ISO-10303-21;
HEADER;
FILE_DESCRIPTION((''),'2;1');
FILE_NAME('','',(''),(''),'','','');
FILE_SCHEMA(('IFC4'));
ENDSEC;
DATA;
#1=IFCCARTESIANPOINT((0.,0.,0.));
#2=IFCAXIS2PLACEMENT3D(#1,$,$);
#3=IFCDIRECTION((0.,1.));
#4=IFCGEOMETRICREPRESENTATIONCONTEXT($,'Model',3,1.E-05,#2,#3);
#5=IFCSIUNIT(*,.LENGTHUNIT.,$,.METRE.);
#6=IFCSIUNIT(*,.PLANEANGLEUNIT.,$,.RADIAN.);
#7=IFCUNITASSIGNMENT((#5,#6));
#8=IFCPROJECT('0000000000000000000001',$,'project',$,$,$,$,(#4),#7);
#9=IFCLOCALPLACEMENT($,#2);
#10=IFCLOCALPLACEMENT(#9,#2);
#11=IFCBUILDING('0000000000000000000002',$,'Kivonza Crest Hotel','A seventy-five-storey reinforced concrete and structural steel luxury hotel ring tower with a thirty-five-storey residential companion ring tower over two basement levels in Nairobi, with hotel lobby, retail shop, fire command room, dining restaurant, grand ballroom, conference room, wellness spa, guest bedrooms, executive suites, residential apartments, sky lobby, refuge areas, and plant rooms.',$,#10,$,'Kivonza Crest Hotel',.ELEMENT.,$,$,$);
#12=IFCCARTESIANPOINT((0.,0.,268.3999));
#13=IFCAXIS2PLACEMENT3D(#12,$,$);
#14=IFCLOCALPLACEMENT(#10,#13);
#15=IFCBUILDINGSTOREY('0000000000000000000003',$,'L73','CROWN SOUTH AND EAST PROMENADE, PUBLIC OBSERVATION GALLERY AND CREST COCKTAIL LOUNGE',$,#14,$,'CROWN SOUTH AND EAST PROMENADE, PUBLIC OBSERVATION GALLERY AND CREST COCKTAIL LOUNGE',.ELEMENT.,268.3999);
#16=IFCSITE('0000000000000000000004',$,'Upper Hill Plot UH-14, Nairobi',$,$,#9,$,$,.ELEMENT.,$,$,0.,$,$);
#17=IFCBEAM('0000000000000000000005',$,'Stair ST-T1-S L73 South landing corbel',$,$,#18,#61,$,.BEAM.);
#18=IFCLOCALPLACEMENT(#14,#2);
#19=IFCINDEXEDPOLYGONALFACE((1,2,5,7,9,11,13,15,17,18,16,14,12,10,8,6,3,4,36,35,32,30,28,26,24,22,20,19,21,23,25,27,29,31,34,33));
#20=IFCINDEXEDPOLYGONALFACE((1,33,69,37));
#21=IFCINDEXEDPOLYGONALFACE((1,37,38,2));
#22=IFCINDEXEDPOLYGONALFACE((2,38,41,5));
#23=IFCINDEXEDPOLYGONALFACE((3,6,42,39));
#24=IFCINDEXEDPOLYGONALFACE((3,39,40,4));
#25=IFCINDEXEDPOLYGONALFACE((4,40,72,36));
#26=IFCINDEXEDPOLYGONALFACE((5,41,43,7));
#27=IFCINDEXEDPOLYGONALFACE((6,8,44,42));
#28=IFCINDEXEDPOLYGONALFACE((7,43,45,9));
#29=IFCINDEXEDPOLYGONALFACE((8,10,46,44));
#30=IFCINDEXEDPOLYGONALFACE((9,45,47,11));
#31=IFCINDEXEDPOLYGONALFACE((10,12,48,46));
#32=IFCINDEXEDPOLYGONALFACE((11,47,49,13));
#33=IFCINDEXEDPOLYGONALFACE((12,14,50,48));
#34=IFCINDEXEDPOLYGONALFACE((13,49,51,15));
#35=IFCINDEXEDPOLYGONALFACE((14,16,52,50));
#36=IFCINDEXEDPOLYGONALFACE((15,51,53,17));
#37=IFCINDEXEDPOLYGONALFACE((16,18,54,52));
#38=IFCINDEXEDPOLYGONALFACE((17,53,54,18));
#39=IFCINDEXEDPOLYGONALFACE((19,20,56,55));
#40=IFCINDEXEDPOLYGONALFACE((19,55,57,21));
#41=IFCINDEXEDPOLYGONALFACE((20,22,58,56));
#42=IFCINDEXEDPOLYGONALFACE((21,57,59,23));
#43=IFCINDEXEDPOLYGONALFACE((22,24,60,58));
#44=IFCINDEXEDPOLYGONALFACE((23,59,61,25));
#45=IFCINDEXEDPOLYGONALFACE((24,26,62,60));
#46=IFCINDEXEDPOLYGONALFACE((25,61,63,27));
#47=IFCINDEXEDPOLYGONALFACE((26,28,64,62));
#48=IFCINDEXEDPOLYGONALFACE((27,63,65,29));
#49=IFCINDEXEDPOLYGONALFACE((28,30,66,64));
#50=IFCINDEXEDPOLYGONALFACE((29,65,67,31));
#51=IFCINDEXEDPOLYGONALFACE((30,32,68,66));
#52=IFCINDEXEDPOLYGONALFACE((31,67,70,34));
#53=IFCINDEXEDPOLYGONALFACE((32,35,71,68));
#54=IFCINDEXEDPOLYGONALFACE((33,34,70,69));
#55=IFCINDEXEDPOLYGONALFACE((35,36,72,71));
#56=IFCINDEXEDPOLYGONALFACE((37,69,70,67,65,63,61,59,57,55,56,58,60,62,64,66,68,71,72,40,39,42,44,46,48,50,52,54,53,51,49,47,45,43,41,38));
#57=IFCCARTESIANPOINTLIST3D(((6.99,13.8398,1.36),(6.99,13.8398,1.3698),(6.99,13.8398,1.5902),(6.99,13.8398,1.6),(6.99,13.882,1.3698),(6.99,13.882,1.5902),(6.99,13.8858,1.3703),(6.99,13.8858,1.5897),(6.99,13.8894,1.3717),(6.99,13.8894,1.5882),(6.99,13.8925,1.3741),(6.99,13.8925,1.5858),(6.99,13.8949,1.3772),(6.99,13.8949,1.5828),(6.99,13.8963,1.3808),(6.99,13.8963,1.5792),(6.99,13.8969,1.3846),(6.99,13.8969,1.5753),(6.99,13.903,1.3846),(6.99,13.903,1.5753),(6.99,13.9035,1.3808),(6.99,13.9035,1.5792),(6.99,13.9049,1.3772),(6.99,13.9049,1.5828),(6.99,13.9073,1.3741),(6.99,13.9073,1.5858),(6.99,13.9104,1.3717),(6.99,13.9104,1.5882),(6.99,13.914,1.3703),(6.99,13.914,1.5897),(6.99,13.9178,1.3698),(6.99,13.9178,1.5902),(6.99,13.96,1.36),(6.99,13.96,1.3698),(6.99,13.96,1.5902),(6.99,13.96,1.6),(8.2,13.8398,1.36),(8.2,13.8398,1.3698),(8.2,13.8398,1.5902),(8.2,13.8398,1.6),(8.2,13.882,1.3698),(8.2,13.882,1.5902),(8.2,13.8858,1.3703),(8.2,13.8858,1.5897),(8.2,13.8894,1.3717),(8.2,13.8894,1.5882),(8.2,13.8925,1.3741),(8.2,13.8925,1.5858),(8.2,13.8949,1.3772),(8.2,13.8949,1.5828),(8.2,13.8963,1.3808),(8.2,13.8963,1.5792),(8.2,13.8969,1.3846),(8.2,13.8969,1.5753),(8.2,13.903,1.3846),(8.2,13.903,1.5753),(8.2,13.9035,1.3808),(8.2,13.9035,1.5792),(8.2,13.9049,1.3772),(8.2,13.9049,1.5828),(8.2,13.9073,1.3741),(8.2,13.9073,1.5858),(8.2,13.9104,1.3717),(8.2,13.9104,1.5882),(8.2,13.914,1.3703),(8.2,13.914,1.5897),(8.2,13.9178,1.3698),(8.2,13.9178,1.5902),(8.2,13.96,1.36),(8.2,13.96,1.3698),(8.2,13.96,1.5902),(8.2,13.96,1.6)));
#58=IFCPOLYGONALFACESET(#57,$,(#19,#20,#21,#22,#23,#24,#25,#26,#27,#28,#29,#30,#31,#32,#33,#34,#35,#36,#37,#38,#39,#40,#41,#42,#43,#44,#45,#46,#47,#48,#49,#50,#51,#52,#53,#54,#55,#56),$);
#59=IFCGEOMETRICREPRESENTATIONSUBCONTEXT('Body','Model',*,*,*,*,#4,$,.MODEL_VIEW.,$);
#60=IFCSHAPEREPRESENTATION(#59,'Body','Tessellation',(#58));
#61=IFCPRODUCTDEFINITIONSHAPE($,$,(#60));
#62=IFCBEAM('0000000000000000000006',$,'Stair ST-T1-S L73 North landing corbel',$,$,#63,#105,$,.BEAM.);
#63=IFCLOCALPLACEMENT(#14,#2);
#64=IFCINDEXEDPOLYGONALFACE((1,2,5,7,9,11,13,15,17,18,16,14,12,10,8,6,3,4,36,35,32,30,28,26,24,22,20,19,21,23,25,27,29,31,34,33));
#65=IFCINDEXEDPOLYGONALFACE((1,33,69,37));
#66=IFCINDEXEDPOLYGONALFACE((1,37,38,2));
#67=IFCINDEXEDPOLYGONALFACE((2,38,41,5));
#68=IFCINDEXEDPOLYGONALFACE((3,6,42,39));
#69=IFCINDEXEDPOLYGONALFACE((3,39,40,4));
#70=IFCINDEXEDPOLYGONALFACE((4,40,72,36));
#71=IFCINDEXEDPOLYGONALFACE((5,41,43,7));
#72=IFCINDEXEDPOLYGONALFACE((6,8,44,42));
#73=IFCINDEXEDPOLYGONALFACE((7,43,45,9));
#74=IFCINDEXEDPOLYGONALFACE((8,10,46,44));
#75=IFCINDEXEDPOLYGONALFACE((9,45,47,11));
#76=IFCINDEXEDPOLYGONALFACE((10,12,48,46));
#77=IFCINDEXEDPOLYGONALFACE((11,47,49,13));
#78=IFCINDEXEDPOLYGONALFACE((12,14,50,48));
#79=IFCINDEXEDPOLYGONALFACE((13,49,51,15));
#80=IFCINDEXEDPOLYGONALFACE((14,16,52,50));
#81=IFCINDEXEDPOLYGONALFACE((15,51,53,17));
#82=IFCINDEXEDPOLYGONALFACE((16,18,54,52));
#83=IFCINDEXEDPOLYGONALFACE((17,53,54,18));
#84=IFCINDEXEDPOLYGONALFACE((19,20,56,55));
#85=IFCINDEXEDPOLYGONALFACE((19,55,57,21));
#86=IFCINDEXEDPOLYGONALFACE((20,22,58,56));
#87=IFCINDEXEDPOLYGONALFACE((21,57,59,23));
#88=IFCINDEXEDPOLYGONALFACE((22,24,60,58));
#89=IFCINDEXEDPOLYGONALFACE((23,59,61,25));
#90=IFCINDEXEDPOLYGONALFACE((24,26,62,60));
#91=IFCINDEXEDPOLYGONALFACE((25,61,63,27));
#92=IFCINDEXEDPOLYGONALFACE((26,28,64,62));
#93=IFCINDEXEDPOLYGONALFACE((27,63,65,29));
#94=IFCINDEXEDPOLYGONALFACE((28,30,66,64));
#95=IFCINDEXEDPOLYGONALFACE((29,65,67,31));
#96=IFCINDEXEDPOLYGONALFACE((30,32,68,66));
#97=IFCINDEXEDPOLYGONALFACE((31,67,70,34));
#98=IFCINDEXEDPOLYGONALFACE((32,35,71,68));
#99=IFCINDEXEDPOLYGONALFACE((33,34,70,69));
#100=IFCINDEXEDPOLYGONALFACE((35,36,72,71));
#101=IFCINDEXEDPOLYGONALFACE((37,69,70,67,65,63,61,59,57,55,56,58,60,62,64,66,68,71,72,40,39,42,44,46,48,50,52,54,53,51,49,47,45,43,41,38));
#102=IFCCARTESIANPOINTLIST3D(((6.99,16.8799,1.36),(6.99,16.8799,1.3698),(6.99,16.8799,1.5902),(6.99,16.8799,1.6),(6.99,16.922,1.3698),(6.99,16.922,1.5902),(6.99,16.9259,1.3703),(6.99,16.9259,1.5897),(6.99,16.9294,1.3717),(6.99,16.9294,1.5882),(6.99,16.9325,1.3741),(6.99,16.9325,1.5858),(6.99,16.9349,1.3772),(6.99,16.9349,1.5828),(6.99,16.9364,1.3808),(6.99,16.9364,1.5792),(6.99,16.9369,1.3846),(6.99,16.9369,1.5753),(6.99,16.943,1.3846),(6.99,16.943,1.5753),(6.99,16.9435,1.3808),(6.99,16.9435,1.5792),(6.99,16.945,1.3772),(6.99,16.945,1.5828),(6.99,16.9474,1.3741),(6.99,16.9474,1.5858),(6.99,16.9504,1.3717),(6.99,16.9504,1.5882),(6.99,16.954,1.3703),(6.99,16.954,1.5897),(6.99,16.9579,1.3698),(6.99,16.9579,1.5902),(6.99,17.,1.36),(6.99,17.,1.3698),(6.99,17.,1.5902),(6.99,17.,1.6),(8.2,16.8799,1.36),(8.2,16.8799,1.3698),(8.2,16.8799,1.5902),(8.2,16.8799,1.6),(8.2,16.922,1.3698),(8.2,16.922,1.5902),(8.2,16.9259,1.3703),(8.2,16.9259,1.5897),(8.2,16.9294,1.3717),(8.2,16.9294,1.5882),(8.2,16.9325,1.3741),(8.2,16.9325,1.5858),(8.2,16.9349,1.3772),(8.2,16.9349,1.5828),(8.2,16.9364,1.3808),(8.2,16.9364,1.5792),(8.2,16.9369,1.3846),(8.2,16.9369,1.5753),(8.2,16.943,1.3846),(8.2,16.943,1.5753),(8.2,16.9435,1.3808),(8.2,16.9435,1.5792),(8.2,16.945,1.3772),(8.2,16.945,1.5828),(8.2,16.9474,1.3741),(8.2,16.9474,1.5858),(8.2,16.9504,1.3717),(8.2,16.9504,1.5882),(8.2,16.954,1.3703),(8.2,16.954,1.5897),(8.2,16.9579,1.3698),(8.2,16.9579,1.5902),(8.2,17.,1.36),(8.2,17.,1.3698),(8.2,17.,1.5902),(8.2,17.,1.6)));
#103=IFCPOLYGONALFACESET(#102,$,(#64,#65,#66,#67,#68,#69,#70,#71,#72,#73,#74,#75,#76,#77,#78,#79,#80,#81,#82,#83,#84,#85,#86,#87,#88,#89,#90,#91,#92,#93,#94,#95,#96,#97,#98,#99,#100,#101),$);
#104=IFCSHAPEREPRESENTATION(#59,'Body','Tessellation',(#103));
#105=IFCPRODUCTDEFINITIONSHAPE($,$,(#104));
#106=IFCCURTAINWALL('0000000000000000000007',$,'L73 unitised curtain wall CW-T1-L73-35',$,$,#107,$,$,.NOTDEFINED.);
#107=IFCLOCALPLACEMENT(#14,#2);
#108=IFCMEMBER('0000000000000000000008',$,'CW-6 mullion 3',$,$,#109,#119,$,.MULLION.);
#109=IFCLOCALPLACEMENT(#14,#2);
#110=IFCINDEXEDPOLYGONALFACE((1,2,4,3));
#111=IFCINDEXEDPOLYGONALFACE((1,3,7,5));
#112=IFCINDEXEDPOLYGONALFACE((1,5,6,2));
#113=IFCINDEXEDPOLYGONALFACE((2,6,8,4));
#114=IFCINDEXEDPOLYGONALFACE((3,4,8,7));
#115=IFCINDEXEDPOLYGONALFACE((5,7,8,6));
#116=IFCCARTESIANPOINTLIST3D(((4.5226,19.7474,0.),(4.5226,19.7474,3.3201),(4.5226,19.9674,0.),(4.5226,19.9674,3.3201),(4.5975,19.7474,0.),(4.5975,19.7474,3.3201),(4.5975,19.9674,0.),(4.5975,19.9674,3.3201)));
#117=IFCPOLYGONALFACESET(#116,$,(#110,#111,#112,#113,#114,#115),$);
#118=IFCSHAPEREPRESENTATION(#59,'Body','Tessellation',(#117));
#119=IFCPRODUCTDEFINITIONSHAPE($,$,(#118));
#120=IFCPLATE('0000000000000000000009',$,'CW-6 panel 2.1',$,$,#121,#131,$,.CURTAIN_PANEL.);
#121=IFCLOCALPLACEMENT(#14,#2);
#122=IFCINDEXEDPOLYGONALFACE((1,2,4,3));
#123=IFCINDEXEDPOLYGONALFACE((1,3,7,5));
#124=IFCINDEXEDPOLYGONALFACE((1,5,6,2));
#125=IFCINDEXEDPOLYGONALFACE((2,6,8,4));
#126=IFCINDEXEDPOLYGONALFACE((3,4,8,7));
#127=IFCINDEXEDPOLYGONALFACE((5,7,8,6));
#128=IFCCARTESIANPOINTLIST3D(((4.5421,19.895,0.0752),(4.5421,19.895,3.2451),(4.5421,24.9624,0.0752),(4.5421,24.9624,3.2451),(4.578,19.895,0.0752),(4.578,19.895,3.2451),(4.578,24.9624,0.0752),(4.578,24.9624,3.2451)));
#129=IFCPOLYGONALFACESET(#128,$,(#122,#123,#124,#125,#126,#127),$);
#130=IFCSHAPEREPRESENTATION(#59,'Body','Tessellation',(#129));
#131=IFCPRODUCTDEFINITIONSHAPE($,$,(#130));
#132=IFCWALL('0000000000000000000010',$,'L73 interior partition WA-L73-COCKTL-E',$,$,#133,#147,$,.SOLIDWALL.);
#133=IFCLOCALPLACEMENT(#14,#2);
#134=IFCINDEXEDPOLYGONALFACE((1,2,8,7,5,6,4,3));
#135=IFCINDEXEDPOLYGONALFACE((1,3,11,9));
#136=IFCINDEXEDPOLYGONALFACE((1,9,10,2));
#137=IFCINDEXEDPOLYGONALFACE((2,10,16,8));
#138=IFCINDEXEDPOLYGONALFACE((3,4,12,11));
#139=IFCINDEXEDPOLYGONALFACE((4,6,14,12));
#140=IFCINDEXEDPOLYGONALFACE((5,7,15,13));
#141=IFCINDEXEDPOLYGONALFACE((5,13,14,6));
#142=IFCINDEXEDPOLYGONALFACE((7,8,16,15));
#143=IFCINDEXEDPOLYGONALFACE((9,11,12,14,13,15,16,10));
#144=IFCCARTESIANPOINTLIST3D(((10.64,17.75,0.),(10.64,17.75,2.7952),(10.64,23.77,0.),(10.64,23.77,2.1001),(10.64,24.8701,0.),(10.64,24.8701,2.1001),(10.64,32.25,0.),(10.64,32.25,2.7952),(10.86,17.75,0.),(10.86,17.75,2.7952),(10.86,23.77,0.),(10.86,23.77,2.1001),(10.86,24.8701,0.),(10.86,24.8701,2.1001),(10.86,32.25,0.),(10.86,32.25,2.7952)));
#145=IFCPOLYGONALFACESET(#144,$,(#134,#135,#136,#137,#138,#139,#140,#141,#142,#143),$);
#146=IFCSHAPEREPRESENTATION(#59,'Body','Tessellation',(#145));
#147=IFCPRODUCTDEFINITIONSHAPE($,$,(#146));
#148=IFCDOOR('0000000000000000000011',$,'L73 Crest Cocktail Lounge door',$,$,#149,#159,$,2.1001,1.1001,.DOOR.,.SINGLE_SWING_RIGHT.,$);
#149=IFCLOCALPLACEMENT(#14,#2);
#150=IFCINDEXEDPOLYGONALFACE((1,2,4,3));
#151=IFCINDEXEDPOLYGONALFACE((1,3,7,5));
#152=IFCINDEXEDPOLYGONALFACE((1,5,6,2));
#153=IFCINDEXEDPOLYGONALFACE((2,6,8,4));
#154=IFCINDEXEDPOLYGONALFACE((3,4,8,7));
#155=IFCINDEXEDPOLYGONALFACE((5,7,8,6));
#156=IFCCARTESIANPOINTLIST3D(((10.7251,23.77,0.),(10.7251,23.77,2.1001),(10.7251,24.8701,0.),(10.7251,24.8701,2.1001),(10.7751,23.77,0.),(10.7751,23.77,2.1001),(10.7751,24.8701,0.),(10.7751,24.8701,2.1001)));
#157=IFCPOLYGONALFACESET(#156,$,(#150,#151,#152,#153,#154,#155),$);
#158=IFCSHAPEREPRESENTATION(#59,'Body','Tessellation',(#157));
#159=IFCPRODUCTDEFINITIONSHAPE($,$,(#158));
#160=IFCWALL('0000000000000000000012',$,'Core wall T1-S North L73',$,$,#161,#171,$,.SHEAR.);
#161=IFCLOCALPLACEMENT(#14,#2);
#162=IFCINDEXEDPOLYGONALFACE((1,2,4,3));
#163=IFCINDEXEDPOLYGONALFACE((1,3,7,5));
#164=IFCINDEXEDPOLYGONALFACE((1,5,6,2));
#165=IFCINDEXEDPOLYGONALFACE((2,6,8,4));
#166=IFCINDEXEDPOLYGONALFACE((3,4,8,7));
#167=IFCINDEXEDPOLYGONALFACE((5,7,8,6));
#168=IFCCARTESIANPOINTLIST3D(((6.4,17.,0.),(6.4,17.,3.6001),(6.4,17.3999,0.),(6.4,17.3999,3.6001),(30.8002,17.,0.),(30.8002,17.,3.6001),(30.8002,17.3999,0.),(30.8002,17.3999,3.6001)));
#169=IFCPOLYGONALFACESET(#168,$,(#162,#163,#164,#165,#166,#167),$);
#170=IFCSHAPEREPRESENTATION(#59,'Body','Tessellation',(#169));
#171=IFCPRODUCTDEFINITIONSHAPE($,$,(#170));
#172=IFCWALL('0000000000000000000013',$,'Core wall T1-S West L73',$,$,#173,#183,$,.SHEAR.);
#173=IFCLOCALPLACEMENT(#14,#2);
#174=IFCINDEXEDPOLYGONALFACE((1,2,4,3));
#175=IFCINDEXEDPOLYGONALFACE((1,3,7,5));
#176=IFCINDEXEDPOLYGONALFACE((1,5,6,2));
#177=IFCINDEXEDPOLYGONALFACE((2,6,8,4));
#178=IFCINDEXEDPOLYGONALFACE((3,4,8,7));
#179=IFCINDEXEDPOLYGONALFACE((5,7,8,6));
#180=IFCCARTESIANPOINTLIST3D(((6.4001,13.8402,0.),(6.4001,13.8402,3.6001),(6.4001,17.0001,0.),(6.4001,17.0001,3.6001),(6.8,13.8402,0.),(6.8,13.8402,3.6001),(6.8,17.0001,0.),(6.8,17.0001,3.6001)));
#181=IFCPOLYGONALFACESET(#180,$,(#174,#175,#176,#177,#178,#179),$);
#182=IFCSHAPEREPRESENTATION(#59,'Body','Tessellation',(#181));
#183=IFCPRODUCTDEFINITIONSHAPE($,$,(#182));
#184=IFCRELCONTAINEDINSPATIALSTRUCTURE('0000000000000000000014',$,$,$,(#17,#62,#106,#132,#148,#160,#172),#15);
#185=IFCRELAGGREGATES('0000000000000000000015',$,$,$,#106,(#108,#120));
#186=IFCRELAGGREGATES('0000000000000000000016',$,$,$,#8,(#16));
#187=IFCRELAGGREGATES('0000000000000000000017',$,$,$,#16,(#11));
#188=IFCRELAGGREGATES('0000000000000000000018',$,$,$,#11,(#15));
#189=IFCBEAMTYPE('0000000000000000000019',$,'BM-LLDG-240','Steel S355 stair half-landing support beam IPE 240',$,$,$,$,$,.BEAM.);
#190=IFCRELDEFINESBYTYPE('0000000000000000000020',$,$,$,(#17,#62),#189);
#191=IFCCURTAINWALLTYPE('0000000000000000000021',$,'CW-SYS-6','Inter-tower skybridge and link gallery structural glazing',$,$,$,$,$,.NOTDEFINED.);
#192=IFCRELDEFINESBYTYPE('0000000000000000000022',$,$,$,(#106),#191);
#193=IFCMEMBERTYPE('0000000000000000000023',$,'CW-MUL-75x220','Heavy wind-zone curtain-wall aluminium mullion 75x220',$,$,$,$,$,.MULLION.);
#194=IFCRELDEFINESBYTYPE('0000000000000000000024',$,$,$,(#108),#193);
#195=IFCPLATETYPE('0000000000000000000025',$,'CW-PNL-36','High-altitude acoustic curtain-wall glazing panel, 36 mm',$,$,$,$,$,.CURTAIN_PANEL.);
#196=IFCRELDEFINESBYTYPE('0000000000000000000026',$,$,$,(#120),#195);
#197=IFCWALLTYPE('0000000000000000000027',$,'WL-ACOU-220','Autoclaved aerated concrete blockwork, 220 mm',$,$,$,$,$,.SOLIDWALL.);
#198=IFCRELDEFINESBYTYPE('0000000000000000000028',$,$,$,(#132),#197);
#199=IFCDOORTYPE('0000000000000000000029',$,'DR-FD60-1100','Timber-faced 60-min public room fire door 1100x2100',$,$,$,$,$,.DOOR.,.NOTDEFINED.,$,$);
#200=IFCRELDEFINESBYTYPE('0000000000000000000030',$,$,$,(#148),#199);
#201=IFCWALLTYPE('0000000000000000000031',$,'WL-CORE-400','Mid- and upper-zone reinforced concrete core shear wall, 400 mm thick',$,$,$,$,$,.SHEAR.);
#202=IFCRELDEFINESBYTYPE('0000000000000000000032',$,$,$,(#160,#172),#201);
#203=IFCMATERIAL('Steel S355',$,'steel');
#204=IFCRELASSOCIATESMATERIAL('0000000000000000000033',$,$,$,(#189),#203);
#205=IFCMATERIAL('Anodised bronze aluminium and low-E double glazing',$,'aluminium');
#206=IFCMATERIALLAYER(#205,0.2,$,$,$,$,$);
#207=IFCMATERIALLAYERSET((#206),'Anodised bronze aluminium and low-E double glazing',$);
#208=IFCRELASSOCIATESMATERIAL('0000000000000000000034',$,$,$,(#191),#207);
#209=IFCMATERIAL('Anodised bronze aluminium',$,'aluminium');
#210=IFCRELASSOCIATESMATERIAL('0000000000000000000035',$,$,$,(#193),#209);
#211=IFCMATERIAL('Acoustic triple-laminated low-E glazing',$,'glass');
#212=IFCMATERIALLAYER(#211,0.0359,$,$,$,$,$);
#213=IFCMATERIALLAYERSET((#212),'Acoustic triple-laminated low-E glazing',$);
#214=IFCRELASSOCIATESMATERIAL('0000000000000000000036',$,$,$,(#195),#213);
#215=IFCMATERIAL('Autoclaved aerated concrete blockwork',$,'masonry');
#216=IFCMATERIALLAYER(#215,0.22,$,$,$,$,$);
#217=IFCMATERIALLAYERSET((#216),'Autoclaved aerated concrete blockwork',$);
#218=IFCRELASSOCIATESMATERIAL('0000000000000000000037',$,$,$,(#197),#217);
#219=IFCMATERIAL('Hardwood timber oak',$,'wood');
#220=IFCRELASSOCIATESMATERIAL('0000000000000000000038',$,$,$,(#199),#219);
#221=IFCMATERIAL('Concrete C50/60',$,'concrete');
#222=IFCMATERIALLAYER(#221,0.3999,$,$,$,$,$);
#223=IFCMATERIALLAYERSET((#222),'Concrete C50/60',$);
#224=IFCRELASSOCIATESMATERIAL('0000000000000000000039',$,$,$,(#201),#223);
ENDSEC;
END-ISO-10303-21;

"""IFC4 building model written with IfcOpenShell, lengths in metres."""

from ifc_helpers import new_model, si_unit, direction, frame, frame_2d, origin, origin_2d, place, context, subcontext, project, spatial, rectangle, i_section, extrude, material, layer, layer_set, material_profile, profile_set, type_object, element, fill, aggregate, save


model = new_model("IFC4")

# Units and contexts
model_context = context("Model", 3, precision=1e-05, world=origin(), true_north=direction((0.0, 1.0)))
body_context = subcontext(model_context, "Body", "Model", "MODEL_VIEW")
ifc_project = project(units=[si_unit("LENGTHUNIT", "METRE"), si_unit("PLANEANGLEUNIT", "RADIAN")], contexts=[model_context])

# Site, building, storey
site_placement = place(None, origin())
site = spatial("IfcSite", under=ifc_project, at=site_placement, Name="Upper Hill Plot UH-14, Nairobi", CompositionType="ELEMENT", RefElevation=0.0)
building_placement = place(site_placement, origin())
building = spatial("IfcBuilding", under=site, at=building_placement, Name="Kivonza Crest Hotel", Description="A seventy-five-storey reinforced concrete and structural steel luxury hotel ring tower with a thirty-five-storey residential companion ring tower over two basement levels in Nairobi, with hotel lobby, retail shop, fire command room, dining restaurant, grand ballroom, conference room, wellness spa, guest bedrooms, executive suites, residential apartments, sky lobby, refuge areas, and plant rooms.", LongName="Kivonza Crest Hotel", CompositionType="ELEMENT")
storey_placement = place(building_placement, frame((0.0, 0.0, 268.3999)))
storey = spatial("IfcBuildingStorey", under=building, at=storey_placement, Name="L73", Description="CROWN SOUTH AND EAST PROMENADE, PUBLIC OBSERVATION GALLERY AND CREST COCKTAIL LOUNGE", LongName="CROWN SOUTH AND EAST PROMENADE, PUBLIC OBSERVATION GALLERY AND CREST COCKTAIL LOUNGE", CompositionType="ELEMENT", Elevation=268.3999)

# Shared definitions
ifc_material_1 = material(Name="Concrete C50/60", Category="concrete")

# Beams
ifc_material_2 = material(Name="Steel S355", Category="steel")
ifc_material_profile_1 = material_profile(ifc_material_2, i_section(OverallWidth=0.1201, OverallDepth=0.24, WebThickness=0.0061, FlangeThickness=0.0098, FilletRadius=0.0149, at=origin_2d()), Name="IPE 240")
ifc_profile_set_1 = profile_set([ifc_material_profile_1], Name="Steel S355")
beam_type_1 = type_object("IfcBeamType", Name="BM-LLDG-240", Description="Steel S355 stair half-landing support beam IPE 240", PredefinedType="BEAM", material=ifc_profile_set_1)
for number, where, z_axis, x_axis, name in (
    (1, (6.99, 13.8999, 1.48), (1.0, 0.0, 0.0), (0.0, 1.0, 0.0), "Stair ST-T1-S L73 South landing corbel"),
    (2, (6.99, 16.9399, 1.48), (1.0, 0.0, 0.0), (0.0, 1.0, 0.0), "Stair ST-T1-S L73 North landing corbel"),
):
    element("IfcBeam", number, at=place(storey_placement, frame(where, z_axis=z_axis, x_axis=x_axis)), inside=storey, type_object=beam_type_1, Name=name, PredefinedType="BEAM", context=body_context, shape_type="SweptSolid", body=[
        extrude(i_section(OverallWidth=0.1201, OverallDepth=0.24, WebThickness=0.0061, FlangeThickness=0.0098, FilletRadius=0.0149, at=origin_2d()), origin(), (0.0, 0.0, 1.0), 1.21),
    ])

# Curtain wall, member, plate
ifc_material_3 = material(Name="Anodised bronze aluminium and low-E double glazing", Category="aluminium")
ifc_layer_1 = layer(ifc_material_3, 0.2)
ifc_layer_set_1 = layer_set([ifc_layer_1], Name="Anodised bronze aluminium and low-E double glazing")
curtain_wall_type = type_object("IfcCurtainWallType", Name="CW-SYS-6", Description="Inter-tower skybridge and link gallery structural glazing", PredefinedType="NOTDEFINED", material=ifc_layer_set_1)
curtain_wall_placement = place(storey_placement, origin())
curtain_wall = element("IfcCurtainWall", 3, at=curtain_wall_placement, inside=storey, type_object=curtain_wall_type, Name="L73 unitised curtain wall CW-T1-L73-35", PredefinedType="NOTDEFINED")
ifc_material_4 = material(Name="Anodised bronze aluminium", Category="aluminium")
ifc_material_profile_2 = material_profile(ifc_material_4, rectangle(XDim=0.075, YDim=0.22, at=origin_2d()), Name="CW-M 75x220")
ifc_profile_set_2 = profile_set([ifc_material_profile_2], Name="Anodised bronze aluminium")
member_type = type_object("IfcMemberType", Name="CW-MUL-75x220", Description="Heavy wind-zone curtain-wall aluminium mullion 75x220", PredefinedType="MULLION", material=ifc_profile_set_2)
member_placement = place(storey_placement, frame((4.5601, 19.8574, 0.0), z_axis=(0.0, 0.0, 1.0), x_axis=(1.0, 0.0, 0.0)))
member = element("IfcMember", 4, at=member_placement, type_object=member_type, Name="CW-6 mullion 3", PredefinedType="MULLION", context=body_context, shape_type="SweptSolid", body=[
    extrude(rectangle(XDim=0.075, YDim=0.22, at=origin_2d()), origin(), (0.0, 0.0, 1.0), 3.3201),
])
ifc_material_5 = material(Name="Acoustic triple-laminated low-E glazing", Category="glass")
ifc_layer_2 = layer(ifc_material_5, 0.0359)
ifc_layer_set_2 = layer_set([ifc_layer_2], Name="Acoustic triple-laminated low-E glazing")
plate_type = type_object("IfcPlateType", Name="CW-PNL-36", Description="High-altitude acoustic curtain-wall glazing panel, 36 mm", PredefinedType="CURTAIN_PANEL", material=ifc_layer_set_2)
plate_placement = place(storey_placement, frame((4.5601, 22.4287, 0.0752), z_axis=(0.0, 0.0, 1.0), x_axis=(0.0, -1.0, 0.0)))
plate = element("IfcPlate", 5, at=plate_placement, type_object=plate_type, Name="CW-6 panel 2.1", PredefinedType="CURTAIN_PANEL", context=body_context, shape_type="SweptSolid", body=[
    extrude(rectangle(XDim=5.0674, YDim=0.0359, at=origin_2d()), origin(), (0.0, 0.0, 1.0), 3.1699),
])
aggregate(curtain_wall, [member, plate])

# Wall, opening, door
ifc_material_6 = material(Name="Autoclaved aerated concrete blockwork", Category="masonry")
ifc_layer_3 = layer(ifc_material_6, 0.22)
ifc_layer_set_3 = layer_set([ifc_layer_3], Name="Autoclaved aerated concrete blockwork")
wall_type_1 = type_object("IfcWallType", Name="WL-ACOU-220", Description="Autoclaved aerated concrete blockwork, 220 mm", PredefinedType="SOLIDWALL", material=ifc_layer_set_3)
wall_1_placement = place(storey_placement, frame((10.75, 17.75, 0.0), z_axis=(0.0, 0.0, 1.0), x_axis=(0.0, 1.0, 0.0)))
wall_1 = element("IfcWall", 6, at=wall_1_placement, inside=storey, type_object=wall_type_1, Name="L73 interior partition WA-L73-COCKTL-E", PredefinedType="SOLIDWALL", context=body_context, shape_type="SweptSolid", body=[
    extrude(rectangle(XDim=14.5, YDim=0.22, at=frame_2d((7.25, 0.0))), origin(), (0.0, 0.0, 1.0), 2.7952),
])
opening_1_placement = place(wall_1_placement, frame((6.02, 0.0, 0.0)))
opening_1 = element("IfcOpeningElement", 7, at=opening_1_placement, cuts=wall_1, PredefinedType="OPENING", context=body_context, shape_type="SweptSolid", body=[
    extrude(rectangle(XDim=1.1001, YDim=2.1001, at=frame_2d((0.55, 1.05))), frame((0.0, 0.1201, 0.0), z_axis=(0.0, -1.0, 0.0), x_axis=(1.0, 0.0, 0.0)), (0.0, 0.0, 1.0), 0.24),
])
ifc_material_7 = material(Name="Hardwood timber oak", Category="wood")
door_type_1 = type_object("IfcDoorType", Name="DR-FD60-1100", Description="Timber-faced 60-min public room fire door 1100x2100", OperationType="NOTDEFINED", PredefinedType="DOOR", material=ifc_material_7)
door_1_placement = place(opening_1_placement, origin())
door_1 = element("IfcDoor", 8, at=door_1_placement, inside=storey, type_object=door_type_1, Name="L73 Crest Cocktail Lounge door", OperationType="SINGLE_SWING_RIGHT", OverallHeight=2.1001, OverallWidth=1.1001, PredefinedType="DOOR", context=body_context, shape_type="SweptSolid", body=[
    extrude(rectangle(XDim=1.1001, YDim=2.1001, at=frame_2d((0.55, 1.05))), frame((0.0, 0.0249, 0.0), z_axis=(0.0, -1.0, 0.0), x_axis=(1.0, 0.0, 0.0)), (0.0, 0.0, 1.0), 0.05),
])
fill(opening_1, door_1)

# Walls
ifc_layer_4 = layer(ifc_material_1, 0.3999)
ifc_layer_set_4 = layer_set([ifc_layer_4], Name="Concrete C50/60")
wall_type_2 = type_object("IfcWallType", Name="WL-CORE-400", Description="Mid- and upper-zone reinforced concrete core shear wall, 400 mm thick", PredefinedType="SHEAR", material=ifc_layer_set_4)
wall_2_placement = place(storey_placement, frame((6.3999, 17.2, 0.0), z_axis=(0.0, 0.0, 1.0), x_axis=(1.0, 0.0, 0.0)))
element("IfcWall", 9, at=wall_2_placement, inside=storey, type_object=wall_type_2, Name="Core wall T1-S North L73", PredefinedType="SHEAR", context=body_context, shape_type="SweptSolid", body=[
    extrude(rectangle(XDim=24.4001, YDim=0.3999, at=frame_2d((12.2002, 0.0))), origin(), (0.0, 0.0, 1.0), 3.6001),
])
wall_3_placement = place(storey_placement, frame((6.6001, 13.8401, 0.0), z_axis=(0.0, 0.0, 1.0), x_axis=(0.0, 1.0, 0.0)))
element("IfcWall", 10, at=wall_3_placement, inside=storey, type_object=wall_type_2, Name="Core wall T1-S West L73", PredefinedType="SHEAR", context=body_context, shape_type="SweptSolid", body=[
    extrude(rectangle(XDim=3.1599, YDim=0.3999, at=frame_2d((1.5801, 0.0))), origin(), (0.0, 0.0, 1.0), 3.6001),
])

save(model, "model.ifc")
